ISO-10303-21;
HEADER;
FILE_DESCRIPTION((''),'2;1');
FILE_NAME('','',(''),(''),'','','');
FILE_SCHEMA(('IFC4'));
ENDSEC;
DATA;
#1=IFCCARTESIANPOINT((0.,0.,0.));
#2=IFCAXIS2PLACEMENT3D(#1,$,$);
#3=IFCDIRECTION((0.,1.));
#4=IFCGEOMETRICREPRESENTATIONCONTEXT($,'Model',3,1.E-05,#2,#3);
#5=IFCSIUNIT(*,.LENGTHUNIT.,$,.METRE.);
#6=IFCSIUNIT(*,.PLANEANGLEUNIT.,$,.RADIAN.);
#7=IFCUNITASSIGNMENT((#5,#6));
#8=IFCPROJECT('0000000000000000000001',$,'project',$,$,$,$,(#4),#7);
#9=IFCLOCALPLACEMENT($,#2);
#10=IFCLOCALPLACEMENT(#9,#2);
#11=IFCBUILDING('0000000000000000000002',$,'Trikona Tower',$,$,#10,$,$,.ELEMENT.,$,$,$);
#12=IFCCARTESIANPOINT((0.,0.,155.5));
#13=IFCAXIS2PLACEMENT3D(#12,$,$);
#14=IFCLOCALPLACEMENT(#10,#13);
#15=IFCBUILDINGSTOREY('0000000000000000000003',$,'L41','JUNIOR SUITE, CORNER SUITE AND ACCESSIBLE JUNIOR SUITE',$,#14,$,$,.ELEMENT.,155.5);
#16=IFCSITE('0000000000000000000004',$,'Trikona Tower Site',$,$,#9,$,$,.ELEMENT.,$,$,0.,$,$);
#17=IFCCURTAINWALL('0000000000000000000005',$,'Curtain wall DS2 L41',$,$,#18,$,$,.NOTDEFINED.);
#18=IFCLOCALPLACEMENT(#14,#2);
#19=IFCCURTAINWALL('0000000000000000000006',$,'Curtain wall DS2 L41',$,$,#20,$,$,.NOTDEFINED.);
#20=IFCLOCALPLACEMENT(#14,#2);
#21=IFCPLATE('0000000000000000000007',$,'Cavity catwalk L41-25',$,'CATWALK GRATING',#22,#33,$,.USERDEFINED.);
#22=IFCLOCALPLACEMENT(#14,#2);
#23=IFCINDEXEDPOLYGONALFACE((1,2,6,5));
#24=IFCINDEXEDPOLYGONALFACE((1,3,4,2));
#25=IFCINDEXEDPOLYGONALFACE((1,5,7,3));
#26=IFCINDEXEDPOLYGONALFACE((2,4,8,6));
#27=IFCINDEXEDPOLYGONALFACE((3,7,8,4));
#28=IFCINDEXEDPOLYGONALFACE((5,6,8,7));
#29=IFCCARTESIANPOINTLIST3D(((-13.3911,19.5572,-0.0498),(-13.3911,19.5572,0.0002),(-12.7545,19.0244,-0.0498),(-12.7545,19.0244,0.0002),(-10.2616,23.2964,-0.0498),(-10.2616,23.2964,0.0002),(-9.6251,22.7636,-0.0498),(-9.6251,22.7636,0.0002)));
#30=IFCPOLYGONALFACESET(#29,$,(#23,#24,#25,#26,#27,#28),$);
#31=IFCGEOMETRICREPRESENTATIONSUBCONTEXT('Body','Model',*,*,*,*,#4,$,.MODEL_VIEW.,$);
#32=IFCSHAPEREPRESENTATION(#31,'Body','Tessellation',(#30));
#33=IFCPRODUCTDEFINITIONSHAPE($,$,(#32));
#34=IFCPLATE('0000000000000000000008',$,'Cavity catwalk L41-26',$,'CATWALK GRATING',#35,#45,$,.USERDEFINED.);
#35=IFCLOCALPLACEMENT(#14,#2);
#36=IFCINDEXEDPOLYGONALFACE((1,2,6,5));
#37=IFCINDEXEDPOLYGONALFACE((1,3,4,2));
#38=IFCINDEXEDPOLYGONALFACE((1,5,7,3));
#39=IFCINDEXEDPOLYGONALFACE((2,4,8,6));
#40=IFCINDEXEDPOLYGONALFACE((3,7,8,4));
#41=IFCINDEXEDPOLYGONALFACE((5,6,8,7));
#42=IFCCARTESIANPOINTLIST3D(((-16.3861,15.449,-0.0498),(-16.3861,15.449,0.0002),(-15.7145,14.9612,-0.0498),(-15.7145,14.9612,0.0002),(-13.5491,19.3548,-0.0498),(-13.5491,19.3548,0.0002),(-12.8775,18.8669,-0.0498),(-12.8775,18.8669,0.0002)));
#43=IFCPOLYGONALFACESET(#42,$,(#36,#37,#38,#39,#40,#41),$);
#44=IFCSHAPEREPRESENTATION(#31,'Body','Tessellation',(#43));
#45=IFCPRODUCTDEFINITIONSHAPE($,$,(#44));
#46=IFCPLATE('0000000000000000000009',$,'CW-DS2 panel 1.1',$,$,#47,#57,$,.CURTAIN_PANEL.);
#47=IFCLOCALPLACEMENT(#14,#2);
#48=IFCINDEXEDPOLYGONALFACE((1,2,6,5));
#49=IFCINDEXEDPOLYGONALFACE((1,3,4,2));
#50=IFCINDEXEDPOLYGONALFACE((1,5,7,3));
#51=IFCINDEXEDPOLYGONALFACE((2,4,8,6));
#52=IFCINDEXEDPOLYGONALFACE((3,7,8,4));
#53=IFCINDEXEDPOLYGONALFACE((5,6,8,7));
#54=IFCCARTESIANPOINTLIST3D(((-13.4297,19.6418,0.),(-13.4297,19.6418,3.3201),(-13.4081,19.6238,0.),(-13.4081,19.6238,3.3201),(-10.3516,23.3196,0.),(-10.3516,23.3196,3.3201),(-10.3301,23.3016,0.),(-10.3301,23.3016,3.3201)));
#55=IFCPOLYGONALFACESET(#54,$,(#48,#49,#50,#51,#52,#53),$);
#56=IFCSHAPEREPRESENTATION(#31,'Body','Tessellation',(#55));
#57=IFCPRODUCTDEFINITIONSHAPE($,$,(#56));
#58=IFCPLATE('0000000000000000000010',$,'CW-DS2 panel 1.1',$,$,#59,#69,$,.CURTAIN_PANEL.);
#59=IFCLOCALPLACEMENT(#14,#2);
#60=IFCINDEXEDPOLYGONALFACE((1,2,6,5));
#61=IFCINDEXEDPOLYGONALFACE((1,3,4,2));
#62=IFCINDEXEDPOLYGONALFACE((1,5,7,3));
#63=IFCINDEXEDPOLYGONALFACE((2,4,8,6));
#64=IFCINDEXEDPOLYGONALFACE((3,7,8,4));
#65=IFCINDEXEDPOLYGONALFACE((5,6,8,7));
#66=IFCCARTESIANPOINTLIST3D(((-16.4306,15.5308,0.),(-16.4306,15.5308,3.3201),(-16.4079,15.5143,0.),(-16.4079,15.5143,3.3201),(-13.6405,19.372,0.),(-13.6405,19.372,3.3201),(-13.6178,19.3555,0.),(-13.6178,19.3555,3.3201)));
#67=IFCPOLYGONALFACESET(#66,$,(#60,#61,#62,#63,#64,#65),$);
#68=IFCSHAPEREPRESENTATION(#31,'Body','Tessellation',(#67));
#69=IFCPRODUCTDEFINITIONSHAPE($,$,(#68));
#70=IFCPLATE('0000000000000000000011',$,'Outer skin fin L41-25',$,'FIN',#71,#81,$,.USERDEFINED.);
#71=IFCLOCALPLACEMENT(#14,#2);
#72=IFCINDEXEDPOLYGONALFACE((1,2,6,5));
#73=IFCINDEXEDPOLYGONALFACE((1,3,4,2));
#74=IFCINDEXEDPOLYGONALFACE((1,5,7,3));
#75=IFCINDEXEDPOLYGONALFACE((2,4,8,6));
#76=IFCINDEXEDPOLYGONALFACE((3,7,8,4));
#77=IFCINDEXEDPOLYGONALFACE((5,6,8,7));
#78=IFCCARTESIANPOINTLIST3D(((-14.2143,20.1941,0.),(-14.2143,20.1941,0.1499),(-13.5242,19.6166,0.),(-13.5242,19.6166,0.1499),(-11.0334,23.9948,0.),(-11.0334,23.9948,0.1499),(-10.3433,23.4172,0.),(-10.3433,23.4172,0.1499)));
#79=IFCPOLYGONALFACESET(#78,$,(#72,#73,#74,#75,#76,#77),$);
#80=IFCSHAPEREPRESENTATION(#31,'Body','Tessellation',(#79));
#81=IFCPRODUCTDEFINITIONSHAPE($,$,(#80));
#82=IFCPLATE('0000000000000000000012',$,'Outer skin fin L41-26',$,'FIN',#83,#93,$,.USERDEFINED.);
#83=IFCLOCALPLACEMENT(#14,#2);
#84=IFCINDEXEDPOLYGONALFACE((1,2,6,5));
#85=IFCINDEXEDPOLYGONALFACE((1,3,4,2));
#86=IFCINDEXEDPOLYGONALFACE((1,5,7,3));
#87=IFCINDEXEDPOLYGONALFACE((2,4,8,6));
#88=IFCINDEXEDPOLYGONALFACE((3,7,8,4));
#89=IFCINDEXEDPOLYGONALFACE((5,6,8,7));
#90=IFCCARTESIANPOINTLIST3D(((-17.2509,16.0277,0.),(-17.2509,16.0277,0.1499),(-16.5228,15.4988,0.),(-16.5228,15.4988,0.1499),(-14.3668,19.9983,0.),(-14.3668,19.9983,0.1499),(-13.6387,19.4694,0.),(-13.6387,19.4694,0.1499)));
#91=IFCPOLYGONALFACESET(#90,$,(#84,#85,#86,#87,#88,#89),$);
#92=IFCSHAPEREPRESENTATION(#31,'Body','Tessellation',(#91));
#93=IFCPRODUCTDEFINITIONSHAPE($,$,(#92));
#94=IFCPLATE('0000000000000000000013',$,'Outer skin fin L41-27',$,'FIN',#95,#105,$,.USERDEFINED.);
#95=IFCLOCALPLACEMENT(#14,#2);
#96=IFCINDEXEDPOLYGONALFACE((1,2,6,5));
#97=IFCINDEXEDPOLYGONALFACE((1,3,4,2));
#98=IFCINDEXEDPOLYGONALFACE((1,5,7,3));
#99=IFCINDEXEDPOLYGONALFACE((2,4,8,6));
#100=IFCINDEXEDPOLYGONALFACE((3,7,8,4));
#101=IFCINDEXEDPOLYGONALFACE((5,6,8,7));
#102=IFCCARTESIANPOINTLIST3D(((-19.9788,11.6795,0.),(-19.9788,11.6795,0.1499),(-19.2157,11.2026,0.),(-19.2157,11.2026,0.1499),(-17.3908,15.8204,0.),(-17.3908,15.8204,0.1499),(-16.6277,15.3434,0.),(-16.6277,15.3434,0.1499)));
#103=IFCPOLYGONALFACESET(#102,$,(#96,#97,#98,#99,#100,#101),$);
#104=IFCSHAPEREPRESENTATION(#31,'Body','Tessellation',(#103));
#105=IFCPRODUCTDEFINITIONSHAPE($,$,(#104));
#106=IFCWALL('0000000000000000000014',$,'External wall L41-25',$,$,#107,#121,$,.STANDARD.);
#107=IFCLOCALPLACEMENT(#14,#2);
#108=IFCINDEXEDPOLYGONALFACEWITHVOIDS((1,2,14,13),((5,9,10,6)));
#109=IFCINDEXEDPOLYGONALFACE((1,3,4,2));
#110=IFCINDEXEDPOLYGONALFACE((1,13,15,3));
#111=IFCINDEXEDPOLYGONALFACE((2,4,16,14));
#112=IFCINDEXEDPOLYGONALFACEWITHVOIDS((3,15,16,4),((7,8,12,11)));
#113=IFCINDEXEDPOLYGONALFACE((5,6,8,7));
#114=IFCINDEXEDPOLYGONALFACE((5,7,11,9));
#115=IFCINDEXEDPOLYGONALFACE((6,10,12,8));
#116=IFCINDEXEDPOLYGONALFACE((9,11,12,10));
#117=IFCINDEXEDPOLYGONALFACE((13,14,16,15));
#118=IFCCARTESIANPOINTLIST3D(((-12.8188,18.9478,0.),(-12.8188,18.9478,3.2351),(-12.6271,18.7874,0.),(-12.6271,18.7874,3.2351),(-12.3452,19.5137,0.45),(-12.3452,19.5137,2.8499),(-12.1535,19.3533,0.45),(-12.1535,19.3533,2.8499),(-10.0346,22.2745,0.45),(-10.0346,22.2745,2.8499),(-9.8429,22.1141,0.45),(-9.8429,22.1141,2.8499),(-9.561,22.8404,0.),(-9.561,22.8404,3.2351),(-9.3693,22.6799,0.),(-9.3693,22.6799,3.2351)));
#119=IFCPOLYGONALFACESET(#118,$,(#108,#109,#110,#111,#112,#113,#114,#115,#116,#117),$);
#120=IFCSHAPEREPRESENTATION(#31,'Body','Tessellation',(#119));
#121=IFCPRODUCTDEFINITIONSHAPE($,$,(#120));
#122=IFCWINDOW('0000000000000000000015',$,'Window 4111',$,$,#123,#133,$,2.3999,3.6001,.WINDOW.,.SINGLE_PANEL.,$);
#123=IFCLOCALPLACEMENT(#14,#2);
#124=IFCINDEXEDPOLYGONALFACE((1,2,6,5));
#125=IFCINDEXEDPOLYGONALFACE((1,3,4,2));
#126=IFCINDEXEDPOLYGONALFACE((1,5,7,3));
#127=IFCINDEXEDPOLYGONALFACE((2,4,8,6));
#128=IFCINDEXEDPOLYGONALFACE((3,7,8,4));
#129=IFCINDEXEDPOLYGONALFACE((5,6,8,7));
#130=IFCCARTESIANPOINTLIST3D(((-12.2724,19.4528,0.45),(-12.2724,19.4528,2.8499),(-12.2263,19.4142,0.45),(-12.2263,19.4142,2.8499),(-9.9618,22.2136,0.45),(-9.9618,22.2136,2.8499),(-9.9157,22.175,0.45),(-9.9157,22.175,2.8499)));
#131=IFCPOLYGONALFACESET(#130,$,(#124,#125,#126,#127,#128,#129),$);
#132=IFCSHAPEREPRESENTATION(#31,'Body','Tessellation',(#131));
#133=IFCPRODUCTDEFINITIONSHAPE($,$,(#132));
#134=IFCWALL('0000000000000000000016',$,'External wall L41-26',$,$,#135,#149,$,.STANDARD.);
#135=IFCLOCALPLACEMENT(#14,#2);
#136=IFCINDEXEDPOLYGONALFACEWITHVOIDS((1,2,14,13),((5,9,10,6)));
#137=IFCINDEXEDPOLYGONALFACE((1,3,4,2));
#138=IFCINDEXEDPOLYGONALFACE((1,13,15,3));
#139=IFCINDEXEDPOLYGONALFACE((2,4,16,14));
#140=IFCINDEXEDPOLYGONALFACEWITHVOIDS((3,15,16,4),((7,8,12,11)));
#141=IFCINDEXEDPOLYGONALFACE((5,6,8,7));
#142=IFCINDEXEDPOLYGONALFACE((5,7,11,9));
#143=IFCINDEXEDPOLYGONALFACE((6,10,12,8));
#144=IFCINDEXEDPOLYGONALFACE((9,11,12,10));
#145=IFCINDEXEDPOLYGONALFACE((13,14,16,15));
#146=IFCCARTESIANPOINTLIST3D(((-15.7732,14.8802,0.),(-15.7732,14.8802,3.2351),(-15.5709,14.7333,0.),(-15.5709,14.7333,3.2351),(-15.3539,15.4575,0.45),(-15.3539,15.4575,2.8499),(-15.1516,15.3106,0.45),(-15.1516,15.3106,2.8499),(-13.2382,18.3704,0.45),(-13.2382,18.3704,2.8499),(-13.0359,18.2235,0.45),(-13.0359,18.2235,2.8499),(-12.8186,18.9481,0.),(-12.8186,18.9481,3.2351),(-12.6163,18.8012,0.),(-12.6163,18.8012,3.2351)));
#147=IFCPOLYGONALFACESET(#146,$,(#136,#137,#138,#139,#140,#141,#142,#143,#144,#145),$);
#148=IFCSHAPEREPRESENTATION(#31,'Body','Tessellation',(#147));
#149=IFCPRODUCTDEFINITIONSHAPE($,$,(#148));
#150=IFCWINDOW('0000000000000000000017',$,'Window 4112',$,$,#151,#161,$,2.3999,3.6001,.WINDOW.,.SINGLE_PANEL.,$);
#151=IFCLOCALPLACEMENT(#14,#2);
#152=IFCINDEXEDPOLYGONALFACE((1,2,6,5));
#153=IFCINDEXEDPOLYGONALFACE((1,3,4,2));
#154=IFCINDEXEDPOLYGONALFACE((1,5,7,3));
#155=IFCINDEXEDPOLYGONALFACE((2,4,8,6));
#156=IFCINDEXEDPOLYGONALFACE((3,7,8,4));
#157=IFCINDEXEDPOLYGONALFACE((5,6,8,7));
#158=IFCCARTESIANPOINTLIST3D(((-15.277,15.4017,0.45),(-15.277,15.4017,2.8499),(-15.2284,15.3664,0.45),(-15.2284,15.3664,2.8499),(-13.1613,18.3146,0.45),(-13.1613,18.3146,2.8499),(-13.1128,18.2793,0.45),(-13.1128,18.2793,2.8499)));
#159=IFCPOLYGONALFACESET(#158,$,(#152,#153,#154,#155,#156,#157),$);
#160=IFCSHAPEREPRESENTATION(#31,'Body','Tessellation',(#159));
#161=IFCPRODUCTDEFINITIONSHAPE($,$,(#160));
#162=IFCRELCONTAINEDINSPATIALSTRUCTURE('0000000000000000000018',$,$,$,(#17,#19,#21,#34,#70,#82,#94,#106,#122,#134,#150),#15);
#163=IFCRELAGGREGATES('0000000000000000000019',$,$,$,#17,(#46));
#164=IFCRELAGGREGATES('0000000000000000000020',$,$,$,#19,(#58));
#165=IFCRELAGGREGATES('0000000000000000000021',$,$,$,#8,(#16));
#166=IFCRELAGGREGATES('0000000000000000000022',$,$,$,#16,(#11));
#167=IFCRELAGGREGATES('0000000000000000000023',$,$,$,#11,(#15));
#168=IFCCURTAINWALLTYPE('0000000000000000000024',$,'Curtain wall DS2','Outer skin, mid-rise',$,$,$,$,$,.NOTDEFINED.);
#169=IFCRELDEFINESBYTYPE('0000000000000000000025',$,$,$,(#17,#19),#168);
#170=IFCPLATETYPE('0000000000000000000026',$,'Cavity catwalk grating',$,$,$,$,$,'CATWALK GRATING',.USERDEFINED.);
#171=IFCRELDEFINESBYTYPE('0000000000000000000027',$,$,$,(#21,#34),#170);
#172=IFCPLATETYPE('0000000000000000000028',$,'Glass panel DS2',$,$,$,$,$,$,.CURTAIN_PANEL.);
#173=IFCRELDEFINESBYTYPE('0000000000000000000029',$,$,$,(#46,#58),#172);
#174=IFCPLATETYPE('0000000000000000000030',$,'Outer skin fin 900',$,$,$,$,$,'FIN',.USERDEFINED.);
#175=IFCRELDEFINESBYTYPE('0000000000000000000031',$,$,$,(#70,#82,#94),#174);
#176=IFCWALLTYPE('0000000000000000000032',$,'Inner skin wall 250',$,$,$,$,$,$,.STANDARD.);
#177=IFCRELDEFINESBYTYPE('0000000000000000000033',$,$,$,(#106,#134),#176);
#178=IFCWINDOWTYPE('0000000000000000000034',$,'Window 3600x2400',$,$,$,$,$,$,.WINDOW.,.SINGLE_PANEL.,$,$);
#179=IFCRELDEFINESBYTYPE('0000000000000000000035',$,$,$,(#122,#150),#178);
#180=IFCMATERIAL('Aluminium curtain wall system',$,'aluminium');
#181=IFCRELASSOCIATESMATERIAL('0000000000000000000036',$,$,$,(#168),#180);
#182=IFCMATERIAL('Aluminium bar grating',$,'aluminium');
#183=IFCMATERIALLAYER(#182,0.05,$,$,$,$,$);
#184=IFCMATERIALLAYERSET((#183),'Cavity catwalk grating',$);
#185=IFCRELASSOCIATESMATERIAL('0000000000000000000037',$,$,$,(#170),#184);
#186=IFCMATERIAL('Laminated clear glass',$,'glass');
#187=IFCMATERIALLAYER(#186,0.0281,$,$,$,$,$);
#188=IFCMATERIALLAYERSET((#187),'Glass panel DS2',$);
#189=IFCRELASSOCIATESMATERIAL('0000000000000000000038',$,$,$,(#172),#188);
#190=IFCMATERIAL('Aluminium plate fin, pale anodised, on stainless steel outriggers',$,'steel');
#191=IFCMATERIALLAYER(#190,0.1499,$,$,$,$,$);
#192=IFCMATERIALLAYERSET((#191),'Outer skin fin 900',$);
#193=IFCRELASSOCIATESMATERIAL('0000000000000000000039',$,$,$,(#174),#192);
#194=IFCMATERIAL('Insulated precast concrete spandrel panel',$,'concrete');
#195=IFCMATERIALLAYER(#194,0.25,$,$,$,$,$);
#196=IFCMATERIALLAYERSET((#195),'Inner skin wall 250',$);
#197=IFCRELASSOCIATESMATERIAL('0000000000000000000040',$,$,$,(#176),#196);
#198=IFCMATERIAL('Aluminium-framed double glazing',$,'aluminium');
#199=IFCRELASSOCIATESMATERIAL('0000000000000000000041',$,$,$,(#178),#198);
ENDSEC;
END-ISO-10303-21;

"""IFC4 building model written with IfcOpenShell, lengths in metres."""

from ifc_helpers import new_model, si_unit, direction, frame, frame_2d, origin, origin_2d, place, context, subcontext, project, spatial, rectangle, extrude, material, layer, layer_set, type_object, element, fill, aggregate, save


model = new_model("IFC4")

# Units and contexts
model_context = context("Model", 3, precision=1e-05, world=origin(), true_north=direction((0.0, 1.0)))
body_context = subcontext(model_context, "Body", "Model", "MODEL_VIEW")
ifc_project = project(units=[si_unit("LENGTHUNIT", "METRE"), si_unit("PLANEANGLEUNIT", "RADIAN")], contexts=[model_context])

# Site, building, storey
site_placement = place(None, origin())
site = spatial("IfcSite", under=ifc_project, at=site_placement, Name="Trikona Tower Site", CompositionType="ELEMENT", RefElevation=0.0)
building_placement = place(site_placement, origin())
building = spatial("IfcBuilding", under=site, at=building_placement, Name="Trikona Tower", CompositionType="ELEMENT")
storey_placement = place(building_placement, frame((0.0, 0.0, 155.5)))
storey = spatial("IfcBuildingStorey", under=building, at=storey_placement, Name="L41", Description="JUNIOR SUITE, CORNER SUITE AND ACCESSIBLE JUNIOR SUITE", CompositionType="ELEMENT", Elevation=155.5)

# Shared definitions
ifc_material_1 = material(Name="Aluminium curtain wall system", Category="aluminium")
curtain_wall_type = type_object("IfcCurtainWallType", Name="Curtain wall DS2", Description="Outer skin, mid-rise", PredefinedType="NOTDEFINED", material=ifc_material_1)

# Curtain walls
curtain_wall_1_placement = place(storey_placement, origin())
curtain_wall_1 = element("IfcCurtainWall", 1, at=curtain_wall_1_placement, inside=storey, type_object=curtain_wall_type, Name="Curtain wall DS2 L41", PredefinedType="NOTDEFINED")
curtain_wall_2_placement = place(storey_placement, origin())
curtain_wall_2 = element("IfcCurtainWall", 2, at=curtain_wall_2_placement, inside=storey, type_object=curtain_wall_type, Name="Curtain wall DS2 L41", PredefinedType="NOTDEFINED")

# Plates
ifc_material_2 = material(Name="Aluminium bar grating", Category="aluminium")
ifc_layer_1 = layer(ifc_material_2, 0.05)
ifc_layer_set_1 = layer_set([ifc_layer_1], Name="Cavity catwalk grating")
plate_type_1 = type_object("IfcPlateType", Name="Cavity catwalk grating", ElementType="CATWALK GRATING", PredefinedType="USERDEFINED", material=ifc_layer_set_1)
plate_1_placement = place(storey_placement, frame((-11.5081, 21.1604, -0.0498), z_axis=(0.0, 0.0, 1.0), x_axis=(-0.641807, -0.766866, 0.0)))
element("IfcPlate", 3, at=plate_1_placement, inside=storey, type_object=plate_type_1, Name="Cavity catwalk L41-25", ObjectType="CATWALK GRATING", PredefinedType="USERDEFINED", context=body_context, shape_type="SweptSolid", body=[
    extrude(rectangle(XDim=4.876, YDim=0.8301, at=origin_2d()), origin(), (0.0, 0.0, 1.0), 0.05),
])
plate_2_placement = place(storey_placement, frame((-14.6318, 17.158, -0.0498), z_axis=(0.0, 0.0, 1.0), x_axis=(-0.587686, -0.809089, 0.0)))
element("IfcPlate", 4, at=plate_2_placement, inside=storey, type_object=plate_type_1, Name="Cavity catwalk L41-26", ObjectType="CATWALK GRATING", PredefinedType="USERDEFINED", context=body_context, shape_type="SweptSolid", body=[
    extrude(rectangle(XDim=4.8274, YDim=0.8301, at=origin_2d()), origin(), (0.0, 0.0, 1.0), 0.05),
])

# Plates
ifc_material_3 = material(Name="Laminated clear glass", Category="glass")
ifc_layer_2 = layer(ifc_material_3, 0.0281)
ifc_layer_set_2 = layer_set([ifc_layer_2], Name="Glass panel DS2")
plate_type_2 = type_object("IfcPlateType", Name="Glass panel DS2", PredefinedType="CURTAIN_PANEL", material=ifc_layer_set_2)
plate_3_placement = place(storey_placement, frame((-11.8799, 21.4717, 0.0), z_axis=(0.0, 0.0, 1.0), x_axis=(-0.641806, -0.766867, 0.0)))
plate_3 = element("IfcPlate", 5, at=plate_3_placement, type_object=plate_type_2, Name="CW-DS2 panel 1.1", PredefinedType="CURTAIN_PANEL", context=body_context, shape_type="SweptSolid", body=[
    extrude(rectangle(XDim=4.7959, YDim=0.0281, at=origin_2d()), origin(), (0.0, 0.0, 1.0), 3.3201),
])
aggregate(curtain_wall_1, [plate_3])
plate_4_placement = place(storey_placement, frame((-15.0242, 17.4431, 0.0), z_axis=(0.0, 0.0, 1.0), x_axis=(-0.587691, -0.809086, 0.0)))
plate_4 = element("IfcPlate", 6, at=plate_4_placement, type_object=plate_type_2, Name="CW-DS2 panel 1.1", PredefinedType="CURTAIN_PANEL", context=body_context, shape_type="SweptSolid", body=[
    extrude(rectangle(XDim=4.7476, YDim=0.0281, at=origin_2d()), origin(), (0.0, 0.0, 1.0), 3.3201),
])
aggregate(curtain_wall_2, [plate_4])

# Plates
ifc_material_4 = material(Name="Aluminium plate fin, pale anodised, on stainless steel outriggers", Category="steel")
ifc_layer_3 = layer(ifc_material_4, 0.1499)
ifc_layer_set_3 = layer_set([ifc_layer_3], Name="Outer skin fin 900")
plate_type_3 = type_object("IfcPlateType", Name="Outer skin fin 900", ElementType="FIN", PredefinedType="USERDEFINED", material=ifc_layer_set_3)
plate_5_placement = place(storey_placement, frame((-12.2788, 21.8057, 0.0), z_axis=(0.0, 0.0, 1.0), x_axis=(-0.641807, -0.766866, 0.0)))
element("IfcPlate", 7, at=plate_5_placement, inside=storey, type_object=plate_type_3, Name="Outer skin fin L41-25", ObjectType="FIN", PredefinedType="USERDEFINED", context=body_context, shape_type="SweptSolid", body=[
    extrude(rectangle(XDim=4.9561, YDim=0.8999, at=origin_2d()), origin(), (0.0, 0.0, 1.0), 0.1499),
])
plate_6_placement = place(storey_placement, frame((-15.4448, 17.7485, 0.0), z_axis=(0.0, 0.0, 1.0), x_axis=(-0.587686, -0.809089, 0.0)))
element("IfcPlate", 8, at=plate_6_placement, inside=storey, type_object=plate_type_3, Name="Outer skin fin L41-26", ObjectType="FIN", PredefinedType="USERDEFINED", context=body_context, shape_type="SweptSolid", body=[
    extrude(rectangle(XDim=4.9075, YDim=0.8999, at=origin_2d()), origin(), (0.0, 0.0, 1.0), 0.1499),
])
plate_7_placement = place(storey_placement, frame((-18.3032, 13.5115, 0.0), z_axis=(0.0, 0.0, 1.0), x_axis=(-0.529995, -0.848001, 0.0)))
element("IfcPlate", 9, at=plate_7_placement, inside=storey, type_object=plate_type_3, Name="Outer skin fin L41-27", ObjectType="FIN", PredefinedType="USERDEFINED", context=body_context, shape_type="SweptSolid", body=[
    extrude(rectangle(XDim=4.8831, YDim=0.8999, at=origin_2d()), origin(), (0.0, 0.0, 1.0), 0.1499),
])

# Walls, openings, windows
ifc_material_5 = material(Name="Insulated precast concrete spandrel panel", Category="concrete")
ifc_layer_4 = layer(ifc_material_5, 0.25)
ifc_layer_set_4 = layer_set([ifc_layer_4], Name="Inner skin wall 250")
wall_type = type_object("IfcWallType", Name="Inner skin wall 250", PredefinedType="STANDARD", material=ifc_layer_set_4)
wall_1_placement = place(storey_placement, frame((-9.4651, 22.7603, 0.0), z_axis=(0.0, 0.0, 1.0), x_axis=(-0.64181, -0.766863, 0.0)))
wall_1 = element("IfcWall", 10, at=wall_1_placement, inside=storey, type_object=wall_type, Name="External wall L41-25", PredefinedType="STANDARD", context=body_context, shape_type="SweptSolid", body=[
    extrude(rectangle(XDim=5.0759, YDim=0.25, at=frame_2d((2.5381, 0.0))), origin(), (0.0, 0.0, 1.0), 3.2351),
])
opening_1_placement = place(wall_1_placement, frame((0.738, 0.0, 0.45)))
opening_1 = element("IfcOpeningElement", 11, at=opening_1_placement, cuts=wall_1, PredefinedType="OPENING", context=body_context, shape_type="SweptSolid", body=[
    extrude(rectangle(XDim=3.6001, YDim=2.3999, at=frame_2d((1.8, 1.2))), frame((0.0, 0.135, 0.0), z_axis=(0.0, -1.0, 0.0), x_axis=(1.0, 0.0, 0.0)), (0.0, 0.0, 1.0), 0.27),
])
ifc_material_6 = material(Name="Aluminium-framed double glazing", Category="aluminium")
window_type = type_object("IfcWindowType", Name="Window 3600x2400", PartitioningType="SINGLE_PANEL", PredefinedType="WINDOW", material=ifc_material_6)
window_1_placement = place(opening_1_placement, origin())
window_1 = element("IfcWindow", 12, at=window_1_placement, inside=storey, type_object=window_type, Name="Window 4111", OverallHeight=2.3999, OverallWidth=3.6001, PartitioningType="SINGLE_PANEL", PredefinedType="WINDOW", context=body_context, shape_type="SweptSolid", body=[
    extrude(rectangle(XDim=3.6001, YDim=2.3999, at=frame_2d((1.8, 1.2))), frame((0.0, 0.03, 0.0), z_axis=(0.0, -1.0, 0.0), x_axis=(1.0, 0.0, 0.0)), (0.0, 0.0, 1.0), 0.0601),
])
fill(opening_1, window_1)
wall_2_placement = place(storey_placement, frame((-12.7175, 18.8745, 0.0), z_axis=(0.0, 0.0, 1.0), x_axis=(-0.587669, -0.809101, 0.0)))
wall_2 = element("IfcWall", 13, at=wall_2_placement, inside=storey, type_object=wall_type, Name="External wall L41-26", PredefinedType="STANDARD", context=body_context, shape_type="SweptSolid", body=[
    extrude(rectangle(XDim=5.0276, YDim=0.25, at=frame_2d((2.5137, 0.0))), origin(), (0.0, 0.0, 1.0), 3.2351),
])
opening_2_placement = place(wall_2_placement, frame((0.7139, 0.0, 0.45)))
opening_2 = element("IfcOpeningElement", 14, at=opening_2_placement, cuts=wall_2, PredefinedType="OPENING", context=body_context, shape_type="SweptSolid", body=[
    extrude(rectangle(XDim=3.6001, YDim=2.3999, at=frame_2d((1.8, 1.2))), frame((0.0, 0.135, 0.0), z_axis=(0.0, -1.0, 0.0), x_axis=(1.0, 0.0, 0.0)), (0.0, 0.0, 1.0), 0.27),
])
window_2_placement = place(opening_2_placement, origin())
window_2 = element("IfcWindow", 15, at=window_2_placement, inside=storey, type_object=window_type, Name="Window 4112", OverallHeight=2.3999, OverallWidth=3.6001, PartitioningType="SINGLE_PANEL", PredefinedType="WINDOW", context=body_context, shape_type="SweptSolid", body=[
    extrude(rectangle(XDim=3.6001, YDim=2.3999, at=frame_2d((1.8, 1.2))), frame((0.0, 0.03, 0.0), z_axis=(0.0, -1.0, 0.0), x_axis=(1.0, 0.0, 0.0)), (0.0, 0.0, 1.0), 0.0601),
])
fill(opening_2, window_2)

save(model, "model.ifc")
